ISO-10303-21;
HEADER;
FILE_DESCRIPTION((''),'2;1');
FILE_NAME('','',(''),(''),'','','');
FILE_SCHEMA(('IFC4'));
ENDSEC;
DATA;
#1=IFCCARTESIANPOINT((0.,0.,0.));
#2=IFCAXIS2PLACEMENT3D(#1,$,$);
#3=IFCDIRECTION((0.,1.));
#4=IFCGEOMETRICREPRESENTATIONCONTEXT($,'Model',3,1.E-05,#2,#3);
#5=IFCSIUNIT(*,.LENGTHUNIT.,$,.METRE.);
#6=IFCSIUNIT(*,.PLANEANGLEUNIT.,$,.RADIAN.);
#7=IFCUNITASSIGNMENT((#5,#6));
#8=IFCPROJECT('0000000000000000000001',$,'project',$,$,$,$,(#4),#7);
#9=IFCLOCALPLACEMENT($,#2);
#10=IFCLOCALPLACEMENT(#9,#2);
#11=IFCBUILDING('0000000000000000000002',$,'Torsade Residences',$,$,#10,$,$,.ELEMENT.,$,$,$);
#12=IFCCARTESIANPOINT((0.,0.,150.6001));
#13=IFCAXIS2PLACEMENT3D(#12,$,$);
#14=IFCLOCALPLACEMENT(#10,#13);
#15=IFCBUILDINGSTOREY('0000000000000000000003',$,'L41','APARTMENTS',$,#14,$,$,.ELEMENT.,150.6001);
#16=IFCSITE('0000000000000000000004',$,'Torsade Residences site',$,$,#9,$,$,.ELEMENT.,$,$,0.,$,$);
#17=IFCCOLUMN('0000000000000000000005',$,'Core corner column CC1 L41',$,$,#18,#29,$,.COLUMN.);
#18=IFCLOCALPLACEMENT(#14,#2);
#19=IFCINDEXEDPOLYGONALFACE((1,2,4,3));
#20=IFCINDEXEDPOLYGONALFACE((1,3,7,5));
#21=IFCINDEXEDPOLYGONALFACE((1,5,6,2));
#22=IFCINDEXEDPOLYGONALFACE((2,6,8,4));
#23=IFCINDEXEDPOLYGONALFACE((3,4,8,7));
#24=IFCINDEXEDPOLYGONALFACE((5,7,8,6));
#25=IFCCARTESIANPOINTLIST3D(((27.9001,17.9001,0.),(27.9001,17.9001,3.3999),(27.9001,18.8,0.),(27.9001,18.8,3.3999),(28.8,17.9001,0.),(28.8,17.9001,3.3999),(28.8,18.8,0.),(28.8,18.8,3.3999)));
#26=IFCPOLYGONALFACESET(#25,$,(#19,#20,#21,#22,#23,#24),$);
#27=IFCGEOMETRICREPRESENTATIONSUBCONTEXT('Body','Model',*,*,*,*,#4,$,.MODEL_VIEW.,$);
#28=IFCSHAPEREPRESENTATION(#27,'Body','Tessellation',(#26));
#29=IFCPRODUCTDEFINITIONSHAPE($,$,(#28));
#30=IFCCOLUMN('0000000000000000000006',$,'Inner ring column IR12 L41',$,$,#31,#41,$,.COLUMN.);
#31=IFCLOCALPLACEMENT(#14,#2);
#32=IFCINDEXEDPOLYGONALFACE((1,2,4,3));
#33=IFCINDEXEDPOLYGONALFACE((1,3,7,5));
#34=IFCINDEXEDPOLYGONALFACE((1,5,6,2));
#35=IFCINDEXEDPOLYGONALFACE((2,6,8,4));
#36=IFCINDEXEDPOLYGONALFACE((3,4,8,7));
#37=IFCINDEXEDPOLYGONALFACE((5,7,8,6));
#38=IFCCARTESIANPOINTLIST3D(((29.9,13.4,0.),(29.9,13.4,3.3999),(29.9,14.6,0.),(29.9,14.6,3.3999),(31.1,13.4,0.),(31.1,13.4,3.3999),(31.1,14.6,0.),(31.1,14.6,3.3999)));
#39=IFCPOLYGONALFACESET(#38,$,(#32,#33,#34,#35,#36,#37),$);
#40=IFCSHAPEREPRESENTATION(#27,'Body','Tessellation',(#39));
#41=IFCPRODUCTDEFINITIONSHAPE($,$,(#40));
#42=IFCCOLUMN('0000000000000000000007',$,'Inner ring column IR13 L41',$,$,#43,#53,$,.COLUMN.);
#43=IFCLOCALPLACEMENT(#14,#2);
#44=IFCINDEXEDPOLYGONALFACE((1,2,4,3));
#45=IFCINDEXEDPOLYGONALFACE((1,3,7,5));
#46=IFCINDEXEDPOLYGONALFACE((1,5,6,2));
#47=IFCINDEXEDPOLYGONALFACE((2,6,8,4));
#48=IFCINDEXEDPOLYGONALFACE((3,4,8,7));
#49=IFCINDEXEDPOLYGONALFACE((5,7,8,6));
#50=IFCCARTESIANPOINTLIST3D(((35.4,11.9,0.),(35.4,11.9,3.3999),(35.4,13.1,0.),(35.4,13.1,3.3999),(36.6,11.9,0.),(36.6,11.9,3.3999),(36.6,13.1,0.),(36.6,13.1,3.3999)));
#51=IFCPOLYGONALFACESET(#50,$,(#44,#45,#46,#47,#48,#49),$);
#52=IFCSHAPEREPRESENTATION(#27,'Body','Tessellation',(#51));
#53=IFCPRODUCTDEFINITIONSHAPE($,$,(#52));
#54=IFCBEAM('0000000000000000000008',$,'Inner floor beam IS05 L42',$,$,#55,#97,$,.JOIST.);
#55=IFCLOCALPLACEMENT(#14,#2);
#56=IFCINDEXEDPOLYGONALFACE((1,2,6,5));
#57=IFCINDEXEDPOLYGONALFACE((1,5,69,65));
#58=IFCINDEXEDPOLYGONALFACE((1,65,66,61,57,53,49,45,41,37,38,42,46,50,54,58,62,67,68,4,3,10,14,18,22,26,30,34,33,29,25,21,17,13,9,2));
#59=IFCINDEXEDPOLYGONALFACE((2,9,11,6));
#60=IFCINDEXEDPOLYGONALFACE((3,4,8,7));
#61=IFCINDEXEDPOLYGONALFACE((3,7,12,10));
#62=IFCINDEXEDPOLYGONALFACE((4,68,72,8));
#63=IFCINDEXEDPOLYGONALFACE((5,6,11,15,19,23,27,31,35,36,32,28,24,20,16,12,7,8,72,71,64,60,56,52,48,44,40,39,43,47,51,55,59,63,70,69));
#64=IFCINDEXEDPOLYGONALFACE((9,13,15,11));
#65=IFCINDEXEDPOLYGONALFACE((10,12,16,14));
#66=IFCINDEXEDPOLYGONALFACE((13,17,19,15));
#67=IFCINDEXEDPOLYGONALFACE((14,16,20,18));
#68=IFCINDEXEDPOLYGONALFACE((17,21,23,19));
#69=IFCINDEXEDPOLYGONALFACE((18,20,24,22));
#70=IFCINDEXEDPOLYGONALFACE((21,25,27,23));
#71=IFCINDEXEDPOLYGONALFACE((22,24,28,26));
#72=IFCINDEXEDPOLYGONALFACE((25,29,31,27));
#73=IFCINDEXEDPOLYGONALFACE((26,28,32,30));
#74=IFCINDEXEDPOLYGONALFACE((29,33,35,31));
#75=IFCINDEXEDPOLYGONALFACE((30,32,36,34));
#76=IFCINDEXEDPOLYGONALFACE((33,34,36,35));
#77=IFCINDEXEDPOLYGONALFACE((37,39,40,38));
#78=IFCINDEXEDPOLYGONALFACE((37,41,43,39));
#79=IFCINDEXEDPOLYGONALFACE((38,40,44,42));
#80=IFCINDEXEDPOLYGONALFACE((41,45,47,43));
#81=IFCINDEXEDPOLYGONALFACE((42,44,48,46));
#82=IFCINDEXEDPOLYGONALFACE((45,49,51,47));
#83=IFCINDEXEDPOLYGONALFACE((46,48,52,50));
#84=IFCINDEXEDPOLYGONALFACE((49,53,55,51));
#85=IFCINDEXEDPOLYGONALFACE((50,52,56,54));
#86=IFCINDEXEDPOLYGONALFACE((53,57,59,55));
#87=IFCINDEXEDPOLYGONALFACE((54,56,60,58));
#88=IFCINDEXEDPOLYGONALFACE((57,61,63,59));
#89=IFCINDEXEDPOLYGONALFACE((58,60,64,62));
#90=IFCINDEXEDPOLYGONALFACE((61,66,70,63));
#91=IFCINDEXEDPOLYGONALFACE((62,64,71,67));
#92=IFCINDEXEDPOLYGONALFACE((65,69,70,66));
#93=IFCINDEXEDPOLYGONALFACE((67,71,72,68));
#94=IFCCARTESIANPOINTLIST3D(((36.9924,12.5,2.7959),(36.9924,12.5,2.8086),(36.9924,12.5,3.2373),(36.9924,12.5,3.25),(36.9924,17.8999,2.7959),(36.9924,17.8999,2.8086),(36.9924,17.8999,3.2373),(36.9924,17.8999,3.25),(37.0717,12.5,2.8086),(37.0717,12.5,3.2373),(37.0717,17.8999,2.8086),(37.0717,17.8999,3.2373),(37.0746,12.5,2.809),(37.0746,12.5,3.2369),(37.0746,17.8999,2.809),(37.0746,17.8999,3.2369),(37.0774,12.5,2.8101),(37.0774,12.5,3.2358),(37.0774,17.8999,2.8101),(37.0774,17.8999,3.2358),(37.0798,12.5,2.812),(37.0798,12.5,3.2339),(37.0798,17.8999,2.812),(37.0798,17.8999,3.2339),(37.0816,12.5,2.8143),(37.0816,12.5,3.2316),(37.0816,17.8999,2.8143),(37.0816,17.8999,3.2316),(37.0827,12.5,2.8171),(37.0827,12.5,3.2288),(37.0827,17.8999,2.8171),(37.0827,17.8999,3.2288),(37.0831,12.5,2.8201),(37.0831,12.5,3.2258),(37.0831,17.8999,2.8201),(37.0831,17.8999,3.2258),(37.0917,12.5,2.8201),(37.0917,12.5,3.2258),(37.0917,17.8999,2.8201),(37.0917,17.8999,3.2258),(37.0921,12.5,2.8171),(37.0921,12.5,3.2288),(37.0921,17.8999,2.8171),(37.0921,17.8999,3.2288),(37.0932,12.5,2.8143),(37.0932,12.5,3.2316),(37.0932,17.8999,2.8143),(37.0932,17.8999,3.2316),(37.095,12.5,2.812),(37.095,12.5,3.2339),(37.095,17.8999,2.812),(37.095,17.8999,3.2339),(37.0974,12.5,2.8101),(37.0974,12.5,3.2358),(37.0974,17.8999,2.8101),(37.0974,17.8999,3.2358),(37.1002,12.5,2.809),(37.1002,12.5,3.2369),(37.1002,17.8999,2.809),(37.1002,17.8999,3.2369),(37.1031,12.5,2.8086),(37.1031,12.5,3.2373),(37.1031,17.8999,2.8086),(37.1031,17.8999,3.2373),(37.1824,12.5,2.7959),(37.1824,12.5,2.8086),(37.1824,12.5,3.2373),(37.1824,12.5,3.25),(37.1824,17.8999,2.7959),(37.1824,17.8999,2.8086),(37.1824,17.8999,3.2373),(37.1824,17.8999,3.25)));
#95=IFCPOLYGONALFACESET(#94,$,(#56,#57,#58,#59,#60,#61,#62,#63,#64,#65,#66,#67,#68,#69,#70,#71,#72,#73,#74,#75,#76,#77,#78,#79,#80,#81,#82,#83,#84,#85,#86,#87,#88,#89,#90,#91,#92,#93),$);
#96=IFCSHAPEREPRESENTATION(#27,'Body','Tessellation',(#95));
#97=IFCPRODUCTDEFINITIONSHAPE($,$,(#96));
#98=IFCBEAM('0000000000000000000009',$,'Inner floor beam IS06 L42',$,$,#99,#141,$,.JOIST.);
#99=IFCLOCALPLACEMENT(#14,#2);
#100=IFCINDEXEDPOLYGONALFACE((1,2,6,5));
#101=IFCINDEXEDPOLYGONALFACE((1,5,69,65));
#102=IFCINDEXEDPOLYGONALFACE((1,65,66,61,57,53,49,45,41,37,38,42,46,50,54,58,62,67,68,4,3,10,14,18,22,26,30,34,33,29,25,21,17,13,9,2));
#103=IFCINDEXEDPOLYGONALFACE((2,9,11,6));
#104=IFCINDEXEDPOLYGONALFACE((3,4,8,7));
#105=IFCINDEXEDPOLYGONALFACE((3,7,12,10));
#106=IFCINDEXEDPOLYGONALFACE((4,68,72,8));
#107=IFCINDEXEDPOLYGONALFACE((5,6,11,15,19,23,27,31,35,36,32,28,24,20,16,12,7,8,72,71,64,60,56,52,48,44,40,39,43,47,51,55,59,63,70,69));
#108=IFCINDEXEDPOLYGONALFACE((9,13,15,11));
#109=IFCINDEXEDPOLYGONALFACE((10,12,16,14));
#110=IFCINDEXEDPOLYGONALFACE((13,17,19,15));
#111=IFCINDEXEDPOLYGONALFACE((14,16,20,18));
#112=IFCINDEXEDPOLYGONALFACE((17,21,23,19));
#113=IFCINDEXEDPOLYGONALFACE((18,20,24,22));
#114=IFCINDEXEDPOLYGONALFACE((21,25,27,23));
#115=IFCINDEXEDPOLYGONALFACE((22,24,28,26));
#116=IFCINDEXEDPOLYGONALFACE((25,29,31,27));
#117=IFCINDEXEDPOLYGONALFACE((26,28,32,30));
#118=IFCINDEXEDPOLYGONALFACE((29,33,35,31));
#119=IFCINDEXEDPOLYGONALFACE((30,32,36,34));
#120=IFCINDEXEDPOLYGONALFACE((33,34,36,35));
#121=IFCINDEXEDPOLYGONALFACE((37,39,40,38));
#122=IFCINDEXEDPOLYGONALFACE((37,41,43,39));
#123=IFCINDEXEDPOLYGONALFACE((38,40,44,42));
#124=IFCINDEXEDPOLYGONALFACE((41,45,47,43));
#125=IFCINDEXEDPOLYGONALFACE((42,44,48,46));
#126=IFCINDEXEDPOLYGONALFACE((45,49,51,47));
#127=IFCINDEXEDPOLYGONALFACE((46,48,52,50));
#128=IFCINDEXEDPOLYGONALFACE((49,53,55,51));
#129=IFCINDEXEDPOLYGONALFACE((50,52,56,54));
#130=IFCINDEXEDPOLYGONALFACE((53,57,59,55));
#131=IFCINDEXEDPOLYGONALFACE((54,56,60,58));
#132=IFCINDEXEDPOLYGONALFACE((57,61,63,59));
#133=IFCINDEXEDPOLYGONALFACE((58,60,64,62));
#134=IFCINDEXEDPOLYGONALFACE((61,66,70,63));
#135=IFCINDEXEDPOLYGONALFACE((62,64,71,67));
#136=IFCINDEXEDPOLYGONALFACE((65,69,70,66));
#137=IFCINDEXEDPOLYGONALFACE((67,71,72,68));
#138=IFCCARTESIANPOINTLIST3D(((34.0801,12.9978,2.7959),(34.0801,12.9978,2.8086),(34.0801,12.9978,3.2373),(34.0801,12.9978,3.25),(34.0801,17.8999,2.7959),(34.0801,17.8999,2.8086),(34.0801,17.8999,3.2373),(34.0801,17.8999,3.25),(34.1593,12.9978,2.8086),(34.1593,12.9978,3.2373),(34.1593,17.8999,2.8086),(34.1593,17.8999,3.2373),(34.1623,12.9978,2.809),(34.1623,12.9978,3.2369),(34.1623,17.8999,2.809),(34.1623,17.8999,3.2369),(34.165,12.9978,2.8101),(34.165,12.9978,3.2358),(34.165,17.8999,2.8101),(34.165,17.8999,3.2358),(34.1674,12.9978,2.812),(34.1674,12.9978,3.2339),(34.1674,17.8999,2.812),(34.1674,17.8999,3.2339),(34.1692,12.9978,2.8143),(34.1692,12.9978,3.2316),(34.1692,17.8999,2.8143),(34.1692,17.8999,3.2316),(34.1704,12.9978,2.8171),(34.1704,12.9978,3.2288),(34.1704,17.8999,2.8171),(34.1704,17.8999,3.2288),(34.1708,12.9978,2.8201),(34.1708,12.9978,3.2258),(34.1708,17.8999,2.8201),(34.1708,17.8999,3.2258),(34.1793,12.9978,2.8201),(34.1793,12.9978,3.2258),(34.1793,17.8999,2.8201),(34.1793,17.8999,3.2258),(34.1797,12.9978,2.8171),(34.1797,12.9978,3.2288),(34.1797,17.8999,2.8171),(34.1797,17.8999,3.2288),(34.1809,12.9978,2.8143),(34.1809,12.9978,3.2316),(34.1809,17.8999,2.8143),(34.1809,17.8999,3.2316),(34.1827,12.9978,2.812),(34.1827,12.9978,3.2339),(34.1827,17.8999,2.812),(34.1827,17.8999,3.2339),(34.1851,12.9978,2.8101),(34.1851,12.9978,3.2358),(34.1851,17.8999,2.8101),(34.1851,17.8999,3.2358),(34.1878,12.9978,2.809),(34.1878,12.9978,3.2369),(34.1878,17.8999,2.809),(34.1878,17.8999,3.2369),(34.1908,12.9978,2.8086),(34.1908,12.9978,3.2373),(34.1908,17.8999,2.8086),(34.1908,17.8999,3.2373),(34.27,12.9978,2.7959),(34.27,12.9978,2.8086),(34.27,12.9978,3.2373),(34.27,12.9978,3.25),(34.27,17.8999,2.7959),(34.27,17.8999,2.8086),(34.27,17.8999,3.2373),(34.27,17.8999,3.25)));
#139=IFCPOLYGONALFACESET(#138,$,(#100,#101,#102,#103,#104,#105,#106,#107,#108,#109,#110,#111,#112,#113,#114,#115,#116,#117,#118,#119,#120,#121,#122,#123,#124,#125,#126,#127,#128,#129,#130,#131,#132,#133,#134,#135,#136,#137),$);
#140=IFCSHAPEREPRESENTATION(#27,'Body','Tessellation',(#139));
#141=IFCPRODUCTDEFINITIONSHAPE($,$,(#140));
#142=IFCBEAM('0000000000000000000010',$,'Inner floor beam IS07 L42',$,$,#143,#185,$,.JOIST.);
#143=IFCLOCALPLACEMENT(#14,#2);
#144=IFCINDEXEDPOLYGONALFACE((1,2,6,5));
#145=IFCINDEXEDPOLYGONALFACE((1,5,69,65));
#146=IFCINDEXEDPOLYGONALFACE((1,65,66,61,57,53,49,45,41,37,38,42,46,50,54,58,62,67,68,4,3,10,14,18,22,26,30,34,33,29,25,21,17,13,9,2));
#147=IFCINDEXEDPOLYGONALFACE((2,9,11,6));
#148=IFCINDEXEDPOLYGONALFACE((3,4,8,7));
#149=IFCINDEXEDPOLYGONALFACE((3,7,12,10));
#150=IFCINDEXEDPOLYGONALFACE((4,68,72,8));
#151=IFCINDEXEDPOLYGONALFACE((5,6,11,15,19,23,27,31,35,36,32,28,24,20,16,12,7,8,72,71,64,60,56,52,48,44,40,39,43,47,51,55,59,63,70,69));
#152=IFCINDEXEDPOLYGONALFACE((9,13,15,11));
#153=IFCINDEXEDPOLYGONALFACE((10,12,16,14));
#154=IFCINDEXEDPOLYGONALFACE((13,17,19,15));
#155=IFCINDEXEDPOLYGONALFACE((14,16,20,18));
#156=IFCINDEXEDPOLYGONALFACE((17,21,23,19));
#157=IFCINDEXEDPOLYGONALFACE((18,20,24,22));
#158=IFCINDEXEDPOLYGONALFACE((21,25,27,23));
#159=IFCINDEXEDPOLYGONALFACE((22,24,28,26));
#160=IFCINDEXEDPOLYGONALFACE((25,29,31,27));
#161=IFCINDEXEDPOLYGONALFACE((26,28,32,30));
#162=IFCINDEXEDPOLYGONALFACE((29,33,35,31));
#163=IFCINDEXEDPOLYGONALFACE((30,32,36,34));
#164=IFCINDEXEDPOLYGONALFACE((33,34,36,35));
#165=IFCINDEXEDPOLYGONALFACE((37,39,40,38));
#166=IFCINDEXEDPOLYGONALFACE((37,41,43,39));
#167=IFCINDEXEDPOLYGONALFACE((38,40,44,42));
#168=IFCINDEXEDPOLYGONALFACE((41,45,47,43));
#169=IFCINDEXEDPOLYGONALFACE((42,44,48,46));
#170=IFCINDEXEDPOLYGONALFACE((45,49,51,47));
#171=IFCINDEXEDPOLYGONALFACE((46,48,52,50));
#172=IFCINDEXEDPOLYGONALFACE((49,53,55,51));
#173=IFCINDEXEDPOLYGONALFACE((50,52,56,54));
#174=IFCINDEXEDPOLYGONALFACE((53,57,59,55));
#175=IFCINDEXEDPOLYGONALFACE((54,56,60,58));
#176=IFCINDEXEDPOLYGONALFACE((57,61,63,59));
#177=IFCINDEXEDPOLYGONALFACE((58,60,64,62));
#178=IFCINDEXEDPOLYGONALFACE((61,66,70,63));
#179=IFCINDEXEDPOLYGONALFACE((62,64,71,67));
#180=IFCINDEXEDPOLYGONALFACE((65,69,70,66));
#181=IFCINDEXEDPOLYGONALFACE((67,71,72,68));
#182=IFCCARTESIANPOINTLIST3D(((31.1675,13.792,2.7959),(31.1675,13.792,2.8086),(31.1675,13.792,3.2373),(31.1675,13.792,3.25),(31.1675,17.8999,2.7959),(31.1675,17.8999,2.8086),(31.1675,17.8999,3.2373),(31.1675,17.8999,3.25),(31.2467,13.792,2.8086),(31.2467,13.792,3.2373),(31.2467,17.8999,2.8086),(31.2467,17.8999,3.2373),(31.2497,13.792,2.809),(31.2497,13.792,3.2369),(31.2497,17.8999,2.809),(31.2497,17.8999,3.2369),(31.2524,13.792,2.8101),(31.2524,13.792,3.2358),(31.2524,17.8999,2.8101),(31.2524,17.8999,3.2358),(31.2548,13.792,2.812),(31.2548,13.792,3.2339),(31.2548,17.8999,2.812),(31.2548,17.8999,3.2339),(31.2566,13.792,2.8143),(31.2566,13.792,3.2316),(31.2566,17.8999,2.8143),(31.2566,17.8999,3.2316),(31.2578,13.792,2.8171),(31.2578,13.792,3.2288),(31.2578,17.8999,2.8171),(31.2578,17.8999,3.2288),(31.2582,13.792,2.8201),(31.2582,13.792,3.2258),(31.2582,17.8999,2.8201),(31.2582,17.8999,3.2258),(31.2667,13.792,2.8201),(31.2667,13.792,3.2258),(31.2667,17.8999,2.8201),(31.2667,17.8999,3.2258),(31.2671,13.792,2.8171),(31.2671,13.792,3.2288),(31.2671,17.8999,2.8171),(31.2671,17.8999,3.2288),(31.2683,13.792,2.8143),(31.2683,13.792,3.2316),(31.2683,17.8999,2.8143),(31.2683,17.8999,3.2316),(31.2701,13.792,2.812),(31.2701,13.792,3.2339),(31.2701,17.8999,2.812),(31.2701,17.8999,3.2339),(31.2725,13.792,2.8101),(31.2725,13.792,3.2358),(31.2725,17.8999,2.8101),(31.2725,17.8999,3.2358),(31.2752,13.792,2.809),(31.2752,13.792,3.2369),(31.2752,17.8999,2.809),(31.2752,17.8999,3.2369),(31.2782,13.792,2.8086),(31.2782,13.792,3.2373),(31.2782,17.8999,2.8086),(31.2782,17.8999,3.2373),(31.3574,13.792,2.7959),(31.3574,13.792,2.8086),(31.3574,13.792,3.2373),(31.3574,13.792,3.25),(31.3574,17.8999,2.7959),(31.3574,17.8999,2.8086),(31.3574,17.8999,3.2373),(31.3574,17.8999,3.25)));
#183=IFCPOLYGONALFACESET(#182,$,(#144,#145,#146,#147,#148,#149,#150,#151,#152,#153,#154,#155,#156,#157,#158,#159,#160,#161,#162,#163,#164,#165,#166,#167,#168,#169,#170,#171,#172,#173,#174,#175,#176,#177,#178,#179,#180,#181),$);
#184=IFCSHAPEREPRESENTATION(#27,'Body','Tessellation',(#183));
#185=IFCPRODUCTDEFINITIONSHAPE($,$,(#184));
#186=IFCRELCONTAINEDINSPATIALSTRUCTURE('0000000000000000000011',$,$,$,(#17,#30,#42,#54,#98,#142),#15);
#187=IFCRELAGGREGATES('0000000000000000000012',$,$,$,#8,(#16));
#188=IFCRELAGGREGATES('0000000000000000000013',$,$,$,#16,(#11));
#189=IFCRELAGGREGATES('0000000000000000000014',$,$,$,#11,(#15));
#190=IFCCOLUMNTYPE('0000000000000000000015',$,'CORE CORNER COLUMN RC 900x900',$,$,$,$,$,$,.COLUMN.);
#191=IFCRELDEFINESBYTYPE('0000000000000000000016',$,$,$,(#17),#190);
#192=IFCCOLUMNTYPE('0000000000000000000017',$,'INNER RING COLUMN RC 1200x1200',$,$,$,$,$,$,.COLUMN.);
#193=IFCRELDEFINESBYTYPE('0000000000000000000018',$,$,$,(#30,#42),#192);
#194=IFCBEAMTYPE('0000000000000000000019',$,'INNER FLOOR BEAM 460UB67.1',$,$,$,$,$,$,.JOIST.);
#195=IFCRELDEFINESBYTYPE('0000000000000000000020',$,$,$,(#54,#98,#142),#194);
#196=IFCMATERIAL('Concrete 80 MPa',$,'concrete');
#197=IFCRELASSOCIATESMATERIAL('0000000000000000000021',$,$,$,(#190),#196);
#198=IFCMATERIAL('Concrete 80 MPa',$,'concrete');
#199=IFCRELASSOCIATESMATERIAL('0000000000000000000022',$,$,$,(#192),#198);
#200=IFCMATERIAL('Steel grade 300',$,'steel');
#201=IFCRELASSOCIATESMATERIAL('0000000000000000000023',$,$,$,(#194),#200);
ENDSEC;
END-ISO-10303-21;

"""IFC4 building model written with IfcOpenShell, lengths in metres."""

from ifc_helpers import new_model, si_unit, direction, frame, origin, origin_2d, place, context, subcontext, project, spatial, rectangle, i_section, extrude, material, material_profile, profile_set, type_object, element, save


model = new_model("IFC4")

# Units and contexts
model_context = context("Model", 3, precision=1e-05, world=origin(), true_north=direction((0.0, 1.0)))
body_context = subcontext(model_context, "Body", "Model", "MODEL_VIEW")
ifc_project = project(units=[si_unit("LENGTHUNIT", "METRE"), si_unit("PLANEANGLEUNIT", "RADIAN")], contexts=[model_context])

# Site, building, storey
site_placement = place(None, origin())
site = spatial("IfcSite", under=ifc_project, at=site_placement, Name="Torsade Residences site", CompositionType="ELEMENT", RefElevation=0.0)
building_placement = place(site_placement, origin())
building = spatial("IfcBuilding", under=site, at=building_placement, Name="Torsade Residences", CompositionType="ELEMENT")
storey_placement = place(building_placement, frame((0.0, 0.0, 150.6001)))
storey = spatial("IfcBuildingStorey", under=building, at=storey_placement, Name="L41", Description="APARTMENTS", CompositionType="ELEMENT", Elevation=150.6001)

# Columns
ifc_material_1 = material(Name="Concrete 80 MPa", Category="concrete")
ifc_material_profile_1 = material_profile(ifc_material_1, rectangle(XDim=0.8999, YDim=0.8999, at=origin_2d()), Name="RC 900x900")
ifc_profile_set_1 = profile_set([ifc_material_profile_1], Name="Concrete 80 MPa")
column_type_1 = type_object("IfcColumnType", Name="CORE CORNER COLUMN RC 900x900", PredefinedType="COLUMN", material=ifc_profile_set_1)
column_placement = place(storey_placement, frame((28.3501, 18.3501, 0.0), z_axis=(0.0, 0.0, 1.0), x_axis=(1.0, 0.0, 0.0)))
element("IfcColumn", 1, at=column_placement, inside=storey, type_object=column_type_1, Name="Core corner column CC1 L41", PredefinedType="COLUMN", context=body_context, shape_type="SweptSolid", body=[
    extrude(rectangle(XDim=0.8999, YDim=0.8999, at=origin_2d()), origin(), (0.0, 0.0, 1.0), 3.3999),
])
ifc_material_2 = material(Name="Concrete 80 MPa", Category="concrete")
ifc_material_profile_2 = material_profile(ifc_material_2, rectangle(XDim=1.2, YDim=1.2, at=origin_2d()), Name="RC 1200x1200")
ifc_profile_set_2 = profile_set([ifc_material_profile_2], Name="Concrete 80 MPa")
column_type_2 = type_object("IfcColumnType", Name="INNER RING COLUMN RC 1200x1200", PredefinedType="COLUMN", material=ifc_profile_set_2)
for number, where, z_axis, x_axis, name in (
    (2, (30.5, 14.0, 0.0), (0.0, 0.0, 1.0), (1.0, 0.0, 0.0), "Inner ring column IR12 L41"),
    (3, (36.0, 12.5, 0.0), (0.0, 0.0, 1.0), (1.0, 0.0, 0.0), "Inner ring column IR13 L41"),
):
    element("IfcColumn", number, at=place(storey_placement, frame(where, z_axis=z_axis, x_axis=x_axis)), inside=storey, type_object=column_type_2, Name=name, PredefinedType="COLUMN", context=body_context, shape_type="SweptSolid", body=[
        extrude(rectangle(XDim=1.2, YDim=1.2, at=origin_2d()), origin(), (0.0, 0.0, 1.0), 3.3999),
    ])

# Beams
ifc_material_3 = material(Name="Steel grade 300", Category="steel")
ifc_material_profile_3 = material_profile(ifc_material_3, i_section(OverallWidth=0.1899, OverallDepth=0.4541, WebThickness=0.0085, FlangeThickness=0.0127, FilletRadius=0.0115, at=origin_2d()), Name="460UB67.1")
ifc_profile_set_3 = profile_set([ifc_material_profile_3], Name="Steel grade 300")
beam_type_1 = type_object("IfcBeamType", Name="INNER FLOOR BEAM 460UB67.1", PredefinedType="JOIST", material=ifc_profile_set_3)
beam_1_placement = place(storey_placement, frame((37.0874, 17.8999, 3.0229), z_axis=(0.0, -1.0, 0.0), x_axis=(1.0, 0.0, 0.0)))
element("IfcBeam", 4, at=beam_1_placement, inside=storey, type_object=beam_type_1, Name="Inner floor beam IS05 L42", PredefinedType="JOIST", context=body_context, shape_type="SweptSolid", body=[
    extrude(i_section(OverallWidth=0.1899, OverallDepth=0.4541, WebThickness=0.0085, FlangeThickness=0.0127, FilletRadius=0.0115, at=origin_2d()), origin(), (0.0, 0.0, 1.0), 5.3999),
])
beam_2_placement = place(storey_placement, frame((34.175, 17.8999, 3.0229), z_axis=(0.0, -1.0, 0.0), x_axis=(1.0, 0.0, 0.0)))
element("IfcBeam", 5, at=beam_2_placement, inside=storey, type_object=beam_type_1, Name="Inner floor beam IS06 L42", PredefinedType="JOIST", context=body_context, shape_type="SweptSolid", body=[
    extrude(i_section(OverallWidth=0.1899, OverallDepth=0.4541, WebThickness=0.0085, FlangeThickness=0.0127, FilletRadius=0.0115, at=origin_2d()), origin(), (0.0, 0.0, 1.0), 4.9021),
])
beam_3_placement = place(storey_placement, frame((31.2625, 17.8999, 3.0229), z_axis=(0.0, -1.0, 0.0), x_axis=(1.0, 0.0, 0.0)))
element("IfcBeam", 6, at=beam_3_placement, inside=storey, type_object=beam_type_1, Name="Inner floor beam IS07 L42", PredefinedType="JOIST", context=body_context, shape_type="SweptSolid", body=[
    extrude(i_section(OverallWidth=0.1899, OverallDepth=0.4541, WebThickness=0.0085, FlangeThickness=0.0127, FilletRadius=0.0115, at=origin_2d()), origin(), (0.0, 0.0, 1.0), 4.1079),
])

save(model, "model.ifc")
